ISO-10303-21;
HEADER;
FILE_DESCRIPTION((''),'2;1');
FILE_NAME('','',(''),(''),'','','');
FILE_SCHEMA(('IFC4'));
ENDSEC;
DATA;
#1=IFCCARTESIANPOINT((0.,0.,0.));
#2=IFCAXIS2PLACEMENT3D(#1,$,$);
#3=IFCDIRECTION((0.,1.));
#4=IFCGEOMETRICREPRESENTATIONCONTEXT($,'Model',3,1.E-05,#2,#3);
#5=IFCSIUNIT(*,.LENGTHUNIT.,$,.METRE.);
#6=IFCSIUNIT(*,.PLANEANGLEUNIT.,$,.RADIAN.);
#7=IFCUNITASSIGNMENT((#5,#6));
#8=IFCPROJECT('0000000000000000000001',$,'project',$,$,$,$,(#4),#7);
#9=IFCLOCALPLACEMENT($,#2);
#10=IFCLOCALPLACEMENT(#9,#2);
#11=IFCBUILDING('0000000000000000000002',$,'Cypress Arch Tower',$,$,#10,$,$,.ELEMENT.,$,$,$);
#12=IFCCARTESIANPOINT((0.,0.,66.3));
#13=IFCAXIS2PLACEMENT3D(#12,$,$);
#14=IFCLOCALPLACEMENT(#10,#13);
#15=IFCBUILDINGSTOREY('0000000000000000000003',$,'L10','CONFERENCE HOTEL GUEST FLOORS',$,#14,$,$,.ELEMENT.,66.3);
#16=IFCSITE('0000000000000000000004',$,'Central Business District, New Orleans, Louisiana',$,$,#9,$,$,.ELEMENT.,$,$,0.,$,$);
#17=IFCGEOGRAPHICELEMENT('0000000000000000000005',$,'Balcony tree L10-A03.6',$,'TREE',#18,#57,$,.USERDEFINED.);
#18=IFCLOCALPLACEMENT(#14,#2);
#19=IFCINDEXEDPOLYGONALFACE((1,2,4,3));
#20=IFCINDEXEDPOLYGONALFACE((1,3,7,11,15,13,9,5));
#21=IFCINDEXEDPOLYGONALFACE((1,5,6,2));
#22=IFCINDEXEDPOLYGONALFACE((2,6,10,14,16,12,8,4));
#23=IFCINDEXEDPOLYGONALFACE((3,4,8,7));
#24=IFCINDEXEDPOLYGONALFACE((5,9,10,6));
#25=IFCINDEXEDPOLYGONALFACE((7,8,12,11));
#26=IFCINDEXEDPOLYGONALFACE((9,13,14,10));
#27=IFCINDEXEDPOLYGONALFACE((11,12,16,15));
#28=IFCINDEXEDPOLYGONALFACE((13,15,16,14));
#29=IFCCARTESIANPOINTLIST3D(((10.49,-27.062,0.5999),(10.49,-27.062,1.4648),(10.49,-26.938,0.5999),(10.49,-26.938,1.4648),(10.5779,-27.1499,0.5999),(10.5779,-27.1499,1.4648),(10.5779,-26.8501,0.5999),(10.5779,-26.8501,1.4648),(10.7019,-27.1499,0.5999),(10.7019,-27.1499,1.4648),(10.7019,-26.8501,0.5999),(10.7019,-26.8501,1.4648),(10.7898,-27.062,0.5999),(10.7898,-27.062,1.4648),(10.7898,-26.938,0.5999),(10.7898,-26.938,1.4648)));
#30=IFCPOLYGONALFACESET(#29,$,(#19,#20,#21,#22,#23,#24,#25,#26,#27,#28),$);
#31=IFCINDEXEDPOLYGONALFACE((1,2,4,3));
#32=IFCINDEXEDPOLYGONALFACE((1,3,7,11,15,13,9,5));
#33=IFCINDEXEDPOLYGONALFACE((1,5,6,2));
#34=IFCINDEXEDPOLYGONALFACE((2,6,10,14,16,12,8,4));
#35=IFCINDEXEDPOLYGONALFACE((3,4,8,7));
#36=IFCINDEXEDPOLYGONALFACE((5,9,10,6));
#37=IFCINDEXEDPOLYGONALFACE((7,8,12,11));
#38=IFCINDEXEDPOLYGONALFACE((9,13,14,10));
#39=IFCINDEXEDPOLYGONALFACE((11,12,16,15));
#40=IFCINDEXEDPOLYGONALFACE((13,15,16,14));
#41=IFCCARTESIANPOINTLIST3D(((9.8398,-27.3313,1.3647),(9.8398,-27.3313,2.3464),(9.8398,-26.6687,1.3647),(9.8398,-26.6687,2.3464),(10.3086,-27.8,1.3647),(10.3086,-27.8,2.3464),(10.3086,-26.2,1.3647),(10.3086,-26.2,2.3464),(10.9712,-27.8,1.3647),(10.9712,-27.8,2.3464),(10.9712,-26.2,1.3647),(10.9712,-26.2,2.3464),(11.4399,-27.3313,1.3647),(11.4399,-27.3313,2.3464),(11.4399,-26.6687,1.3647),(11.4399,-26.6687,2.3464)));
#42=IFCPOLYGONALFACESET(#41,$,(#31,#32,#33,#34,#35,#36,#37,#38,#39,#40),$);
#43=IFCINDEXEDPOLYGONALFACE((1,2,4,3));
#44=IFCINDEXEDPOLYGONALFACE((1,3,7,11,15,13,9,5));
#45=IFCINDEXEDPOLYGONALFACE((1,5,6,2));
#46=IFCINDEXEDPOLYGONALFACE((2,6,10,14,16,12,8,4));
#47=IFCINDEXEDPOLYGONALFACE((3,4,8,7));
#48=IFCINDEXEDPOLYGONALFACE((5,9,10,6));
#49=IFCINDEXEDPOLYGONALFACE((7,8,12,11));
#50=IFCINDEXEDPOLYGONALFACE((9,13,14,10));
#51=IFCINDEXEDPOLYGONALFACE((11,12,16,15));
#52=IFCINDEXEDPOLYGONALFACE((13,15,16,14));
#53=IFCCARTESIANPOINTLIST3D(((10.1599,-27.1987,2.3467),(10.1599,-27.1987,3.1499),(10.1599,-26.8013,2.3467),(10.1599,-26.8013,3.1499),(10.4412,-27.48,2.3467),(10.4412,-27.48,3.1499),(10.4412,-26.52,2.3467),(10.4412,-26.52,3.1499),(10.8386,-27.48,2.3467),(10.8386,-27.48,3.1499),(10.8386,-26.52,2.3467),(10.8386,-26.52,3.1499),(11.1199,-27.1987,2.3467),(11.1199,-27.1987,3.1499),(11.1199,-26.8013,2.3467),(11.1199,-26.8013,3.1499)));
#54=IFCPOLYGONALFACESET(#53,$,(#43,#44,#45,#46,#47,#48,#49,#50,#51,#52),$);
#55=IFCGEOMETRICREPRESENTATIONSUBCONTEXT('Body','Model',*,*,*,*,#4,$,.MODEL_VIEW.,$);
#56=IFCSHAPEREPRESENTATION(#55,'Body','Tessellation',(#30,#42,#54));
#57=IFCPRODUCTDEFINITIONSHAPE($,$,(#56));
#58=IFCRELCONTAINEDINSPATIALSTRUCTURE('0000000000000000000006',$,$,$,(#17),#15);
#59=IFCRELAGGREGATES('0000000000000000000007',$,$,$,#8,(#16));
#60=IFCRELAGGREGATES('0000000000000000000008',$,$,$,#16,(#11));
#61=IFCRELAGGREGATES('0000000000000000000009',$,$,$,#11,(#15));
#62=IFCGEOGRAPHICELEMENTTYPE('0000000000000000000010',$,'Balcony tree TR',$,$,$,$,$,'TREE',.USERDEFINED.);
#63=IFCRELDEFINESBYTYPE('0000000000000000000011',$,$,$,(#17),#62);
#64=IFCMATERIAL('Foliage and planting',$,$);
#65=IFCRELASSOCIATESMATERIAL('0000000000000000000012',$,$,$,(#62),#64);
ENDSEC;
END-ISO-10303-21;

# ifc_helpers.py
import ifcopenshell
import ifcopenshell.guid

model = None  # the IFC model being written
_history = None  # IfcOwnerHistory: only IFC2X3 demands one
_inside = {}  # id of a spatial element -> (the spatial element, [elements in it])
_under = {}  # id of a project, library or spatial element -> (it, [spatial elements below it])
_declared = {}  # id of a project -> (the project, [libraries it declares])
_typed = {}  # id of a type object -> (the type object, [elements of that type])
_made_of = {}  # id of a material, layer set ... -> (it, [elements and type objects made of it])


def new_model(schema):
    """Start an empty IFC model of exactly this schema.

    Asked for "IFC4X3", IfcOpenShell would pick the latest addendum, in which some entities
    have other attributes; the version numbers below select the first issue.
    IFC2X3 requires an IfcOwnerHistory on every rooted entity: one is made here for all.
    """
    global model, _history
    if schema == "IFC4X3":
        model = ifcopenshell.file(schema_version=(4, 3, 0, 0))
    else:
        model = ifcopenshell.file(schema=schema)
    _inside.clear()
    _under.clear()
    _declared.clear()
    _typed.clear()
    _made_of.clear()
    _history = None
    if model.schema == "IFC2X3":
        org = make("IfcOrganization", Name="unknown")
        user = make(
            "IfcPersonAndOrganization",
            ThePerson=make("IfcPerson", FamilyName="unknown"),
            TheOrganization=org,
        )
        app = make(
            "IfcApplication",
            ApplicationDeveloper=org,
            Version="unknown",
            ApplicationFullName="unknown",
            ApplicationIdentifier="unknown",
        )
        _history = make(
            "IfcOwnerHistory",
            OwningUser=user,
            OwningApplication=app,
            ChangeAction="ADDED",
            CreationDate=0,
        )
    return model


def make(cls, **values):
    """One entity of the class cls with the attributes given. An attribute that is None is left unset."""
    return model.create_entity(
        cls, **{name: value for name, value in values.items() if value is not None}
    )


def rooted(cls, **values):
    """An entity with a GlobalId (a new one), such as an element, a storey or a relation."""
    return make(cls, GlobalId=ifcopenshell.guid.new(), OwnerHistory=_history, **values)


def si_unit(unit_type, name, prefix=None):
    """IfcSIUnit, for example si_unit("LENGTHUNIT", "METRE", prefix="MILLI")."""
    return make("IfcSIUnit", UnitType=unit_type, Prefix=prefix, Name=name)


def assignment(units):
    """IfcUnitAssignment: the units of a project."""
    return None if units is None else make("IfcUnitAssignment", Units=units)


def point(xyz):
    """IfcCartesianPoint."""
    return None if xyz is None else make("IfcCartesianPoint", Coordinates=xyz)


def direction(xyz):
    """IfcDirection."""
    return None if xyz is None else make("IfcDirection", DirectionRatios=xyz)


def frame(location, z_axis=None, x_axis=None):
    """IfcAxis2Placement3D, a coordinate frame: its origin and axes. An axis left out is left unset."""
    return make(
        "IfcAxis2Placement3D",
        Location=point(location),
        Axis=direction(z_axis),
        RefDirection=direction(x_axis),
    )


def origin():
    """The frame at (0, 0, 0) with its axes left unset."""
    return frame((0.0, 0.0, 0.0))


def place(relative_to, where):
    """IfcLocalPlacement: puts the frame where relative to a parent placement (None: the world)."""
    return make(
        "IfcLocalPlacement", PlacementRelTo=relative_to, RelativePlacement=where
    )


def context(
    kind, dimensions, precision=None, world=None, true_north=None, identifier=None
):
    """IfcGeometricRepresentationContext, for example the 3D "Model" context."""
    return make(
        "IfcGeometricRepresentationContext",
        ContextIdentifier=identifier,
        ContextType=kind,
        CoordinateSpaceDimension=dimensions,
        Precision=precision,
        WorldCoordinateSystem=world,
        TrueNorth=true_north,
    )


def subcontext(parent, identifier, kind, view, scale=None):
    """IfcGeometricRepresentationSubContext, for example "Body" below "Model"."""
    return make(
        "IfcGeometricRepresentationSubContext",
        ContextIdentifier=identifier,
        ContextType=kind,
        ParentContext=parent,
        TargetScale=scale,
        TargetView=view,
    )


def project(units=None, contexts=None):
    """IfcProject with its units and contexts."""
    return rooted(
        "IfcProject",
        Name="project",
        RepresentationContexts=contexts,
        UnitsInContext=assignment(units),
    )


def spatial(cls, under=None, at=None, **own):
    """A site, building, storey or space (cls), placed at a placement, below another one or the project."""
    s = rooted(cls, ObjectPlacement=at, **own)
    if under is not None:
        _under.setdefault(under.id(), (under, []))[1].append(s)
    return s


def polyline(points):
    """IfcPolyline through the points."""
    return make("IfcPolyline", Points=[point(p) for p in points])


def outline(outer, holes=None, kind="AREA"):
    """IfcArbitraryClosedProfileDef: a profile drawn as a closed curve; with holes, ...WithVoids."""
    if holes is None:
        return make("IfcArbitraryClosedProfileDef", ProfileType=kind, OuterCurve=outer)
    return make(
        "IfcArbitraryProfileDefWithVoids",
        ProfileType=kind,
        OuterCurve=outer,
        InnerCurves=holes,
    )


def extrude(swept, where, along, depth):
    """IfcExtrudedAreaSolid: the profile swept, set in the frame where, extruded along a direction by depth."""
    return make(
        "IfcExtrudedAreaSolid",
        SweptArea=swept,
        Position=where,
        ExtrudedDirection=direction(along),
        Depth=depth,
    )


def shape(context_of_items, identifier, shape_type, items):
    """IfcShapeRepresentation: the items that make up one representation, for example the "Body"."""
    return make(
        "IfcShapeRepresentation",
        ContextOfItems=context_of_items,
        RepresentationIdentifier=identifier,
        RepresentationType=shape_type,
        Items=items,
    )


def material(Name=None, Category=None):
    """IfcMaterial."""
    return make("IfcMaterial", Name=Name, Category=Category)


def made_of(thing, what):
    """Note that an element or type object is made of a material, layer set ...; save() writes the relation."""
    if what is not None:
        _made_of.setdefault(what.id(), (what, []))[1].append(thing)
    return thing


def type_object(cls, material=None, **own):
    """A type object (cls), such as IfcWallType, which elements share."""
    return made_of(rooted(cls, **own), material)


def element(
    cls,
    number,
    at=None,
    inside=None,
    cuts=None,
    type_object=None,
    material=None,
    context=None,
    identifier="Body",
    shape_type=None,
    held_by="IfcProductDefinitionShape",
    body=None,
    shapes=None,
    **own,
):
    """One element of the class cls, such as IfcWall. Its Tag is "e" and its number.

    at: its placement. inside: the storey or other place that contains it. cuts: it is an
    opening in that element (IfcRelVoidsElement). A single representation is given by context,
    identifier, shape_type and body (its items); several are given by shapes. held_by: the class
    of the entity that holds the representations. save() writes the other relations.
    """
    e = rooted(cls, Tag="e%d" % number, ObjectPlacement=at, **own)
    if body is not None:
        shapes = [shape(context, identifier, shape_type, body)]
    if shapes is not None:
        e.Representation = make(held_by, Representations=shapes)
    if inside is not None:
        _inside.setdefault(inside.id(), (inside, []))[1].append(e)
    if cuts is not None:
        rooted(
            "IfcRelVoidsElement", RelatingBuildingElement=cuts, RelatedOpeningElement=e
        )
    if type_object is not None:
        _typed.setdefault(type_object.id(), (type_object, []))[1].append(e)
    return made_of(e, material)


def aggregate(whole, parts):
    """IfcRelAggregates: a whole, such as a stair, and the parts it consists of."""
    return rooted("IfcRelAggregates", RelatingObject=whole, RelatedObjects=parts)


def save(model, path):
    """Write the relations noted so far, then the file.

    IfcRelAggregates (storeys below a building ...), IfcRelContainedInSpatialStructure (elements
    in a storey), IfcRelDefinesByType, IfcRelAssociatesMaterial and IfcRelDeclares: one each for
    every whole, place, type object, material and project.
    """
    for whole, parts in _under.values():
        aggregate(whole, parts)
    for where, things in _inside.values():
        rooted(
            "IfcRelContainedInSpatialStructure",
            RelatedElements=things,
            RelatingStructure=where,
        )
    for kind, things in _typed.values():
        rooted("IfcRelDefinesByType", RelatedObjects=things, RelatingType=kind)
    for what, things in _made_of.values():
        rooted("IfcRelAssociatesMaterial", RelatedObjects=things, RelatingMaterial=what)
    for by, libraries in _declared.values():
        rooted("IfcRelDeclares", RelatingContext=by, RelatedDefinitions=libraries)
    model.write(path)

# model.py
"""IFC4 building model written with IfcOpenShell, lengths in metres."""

from ifc_helpers import new_model, si_unit, direction, frame, origin, place, context, subcontext, project, spatial, polyline, outline, extrude, material, type_object, element, save


model = new_model("IFC4")

# Units and contexts
model_context = context("Model", 3, precision=1e-05, world=origin(), true_north=direction((0.0, 1.0)))
body_context = subcontext(model_context, "Body", "Model", "MODEL_VIEW")
ifc_project = project(units=[si_unit("LENGTHUNIT", "METRE"), si_unit("PLANEANGLEUNIT", "RADIAN")], contexts=[model_context])

# Site, building, storey
site_placement = place(None, origin())
site = spatial("IfcSite", under=ifc_project, at=site_placement, Name="Central Business District, New Orleans, Louisiana", CompositionType="ELEMENT", RefElevation=0.0)
building_placement = place(site_placement, origin())
building = spatial("IfcBuilding", under=site, at=building_placement, Name="Cypress Arch Tower", CompositionType="ELEMENT")
storey_placement = place(building_placement, frame((0.0, 0.0, 66.3)))
storey = spatial("IfcBuildingStorey", under=building, at=storey_placement, Name="L10", Description="CONFERENCE HOTEL GUEST FLOORS", CompositionType="ELEMENT", Elevation=66.3)

# Geographic element
ifc_material_1 = material(Name="Foliage and planting")
geographic_element_type = type_object("IfcGeographicElementType", Name="Balcony tree TR", ElementType="TREE", PredefinedType="USERDEFINED", material=ifc_material_1)
geographic_element_placement = place(storey_placement, frame((10.6399, -27.0, 0.5999), z_axis=(0.0, 0.0, 1.0), x_axis=(1.0, 0.0, 0.0)))
element("IfcGeographicElement", 1, at=geographic_element_placement, inside=storey, type_object=geographic_element_type, Name="Balcony tree L10-A03.6", ObjectType="TREE", PredefinedType="USERDEFINED", context=body_context, shape_type="SweptSolid", body=[
    extrude(outline(polyline([(0.1499, 0.062), (0.062, 0.1499), (-0.062, 0.1499), (-0.1499, 0.062), (-0.1499, -0.062), (-0.062, -0.1499), (0.062, -0.1499), (0.1499, -0.062), (0.1499, 0.062)])), origin(), (0.0, 0.0, 1.0), 0.865),
    extrude(outline(polyline([(0.8, 0.3313), (0.3313, 0.8), (-0.3313, 0.8), (-0.8, 0.3313), (-0.8, -0.3313), (-0.3313, -0.8), (0.3313, -0.8), (0.8, -0.3313), (0.8, 0.3313)])), frame((0.0, 0.0, 0.7649)), (0.0, 0.0, 1.0), 0.9817),
    extrude(outline(polyline([(0.48, 0.1987), (0.1987, 0.48), (-0.1987, 0.48), (-0.48, 0.1987), (-0.48, -0.1987), (-0.1987, -0.48), (0.1987, -0.48), (0.48, -0.1987), (0.48, 0.1987)])), frame((0.0, 0.0, 1.7468)), (0.0, 0.0, 1.0), 0.8032),
])

save(model, "model.ifc")
